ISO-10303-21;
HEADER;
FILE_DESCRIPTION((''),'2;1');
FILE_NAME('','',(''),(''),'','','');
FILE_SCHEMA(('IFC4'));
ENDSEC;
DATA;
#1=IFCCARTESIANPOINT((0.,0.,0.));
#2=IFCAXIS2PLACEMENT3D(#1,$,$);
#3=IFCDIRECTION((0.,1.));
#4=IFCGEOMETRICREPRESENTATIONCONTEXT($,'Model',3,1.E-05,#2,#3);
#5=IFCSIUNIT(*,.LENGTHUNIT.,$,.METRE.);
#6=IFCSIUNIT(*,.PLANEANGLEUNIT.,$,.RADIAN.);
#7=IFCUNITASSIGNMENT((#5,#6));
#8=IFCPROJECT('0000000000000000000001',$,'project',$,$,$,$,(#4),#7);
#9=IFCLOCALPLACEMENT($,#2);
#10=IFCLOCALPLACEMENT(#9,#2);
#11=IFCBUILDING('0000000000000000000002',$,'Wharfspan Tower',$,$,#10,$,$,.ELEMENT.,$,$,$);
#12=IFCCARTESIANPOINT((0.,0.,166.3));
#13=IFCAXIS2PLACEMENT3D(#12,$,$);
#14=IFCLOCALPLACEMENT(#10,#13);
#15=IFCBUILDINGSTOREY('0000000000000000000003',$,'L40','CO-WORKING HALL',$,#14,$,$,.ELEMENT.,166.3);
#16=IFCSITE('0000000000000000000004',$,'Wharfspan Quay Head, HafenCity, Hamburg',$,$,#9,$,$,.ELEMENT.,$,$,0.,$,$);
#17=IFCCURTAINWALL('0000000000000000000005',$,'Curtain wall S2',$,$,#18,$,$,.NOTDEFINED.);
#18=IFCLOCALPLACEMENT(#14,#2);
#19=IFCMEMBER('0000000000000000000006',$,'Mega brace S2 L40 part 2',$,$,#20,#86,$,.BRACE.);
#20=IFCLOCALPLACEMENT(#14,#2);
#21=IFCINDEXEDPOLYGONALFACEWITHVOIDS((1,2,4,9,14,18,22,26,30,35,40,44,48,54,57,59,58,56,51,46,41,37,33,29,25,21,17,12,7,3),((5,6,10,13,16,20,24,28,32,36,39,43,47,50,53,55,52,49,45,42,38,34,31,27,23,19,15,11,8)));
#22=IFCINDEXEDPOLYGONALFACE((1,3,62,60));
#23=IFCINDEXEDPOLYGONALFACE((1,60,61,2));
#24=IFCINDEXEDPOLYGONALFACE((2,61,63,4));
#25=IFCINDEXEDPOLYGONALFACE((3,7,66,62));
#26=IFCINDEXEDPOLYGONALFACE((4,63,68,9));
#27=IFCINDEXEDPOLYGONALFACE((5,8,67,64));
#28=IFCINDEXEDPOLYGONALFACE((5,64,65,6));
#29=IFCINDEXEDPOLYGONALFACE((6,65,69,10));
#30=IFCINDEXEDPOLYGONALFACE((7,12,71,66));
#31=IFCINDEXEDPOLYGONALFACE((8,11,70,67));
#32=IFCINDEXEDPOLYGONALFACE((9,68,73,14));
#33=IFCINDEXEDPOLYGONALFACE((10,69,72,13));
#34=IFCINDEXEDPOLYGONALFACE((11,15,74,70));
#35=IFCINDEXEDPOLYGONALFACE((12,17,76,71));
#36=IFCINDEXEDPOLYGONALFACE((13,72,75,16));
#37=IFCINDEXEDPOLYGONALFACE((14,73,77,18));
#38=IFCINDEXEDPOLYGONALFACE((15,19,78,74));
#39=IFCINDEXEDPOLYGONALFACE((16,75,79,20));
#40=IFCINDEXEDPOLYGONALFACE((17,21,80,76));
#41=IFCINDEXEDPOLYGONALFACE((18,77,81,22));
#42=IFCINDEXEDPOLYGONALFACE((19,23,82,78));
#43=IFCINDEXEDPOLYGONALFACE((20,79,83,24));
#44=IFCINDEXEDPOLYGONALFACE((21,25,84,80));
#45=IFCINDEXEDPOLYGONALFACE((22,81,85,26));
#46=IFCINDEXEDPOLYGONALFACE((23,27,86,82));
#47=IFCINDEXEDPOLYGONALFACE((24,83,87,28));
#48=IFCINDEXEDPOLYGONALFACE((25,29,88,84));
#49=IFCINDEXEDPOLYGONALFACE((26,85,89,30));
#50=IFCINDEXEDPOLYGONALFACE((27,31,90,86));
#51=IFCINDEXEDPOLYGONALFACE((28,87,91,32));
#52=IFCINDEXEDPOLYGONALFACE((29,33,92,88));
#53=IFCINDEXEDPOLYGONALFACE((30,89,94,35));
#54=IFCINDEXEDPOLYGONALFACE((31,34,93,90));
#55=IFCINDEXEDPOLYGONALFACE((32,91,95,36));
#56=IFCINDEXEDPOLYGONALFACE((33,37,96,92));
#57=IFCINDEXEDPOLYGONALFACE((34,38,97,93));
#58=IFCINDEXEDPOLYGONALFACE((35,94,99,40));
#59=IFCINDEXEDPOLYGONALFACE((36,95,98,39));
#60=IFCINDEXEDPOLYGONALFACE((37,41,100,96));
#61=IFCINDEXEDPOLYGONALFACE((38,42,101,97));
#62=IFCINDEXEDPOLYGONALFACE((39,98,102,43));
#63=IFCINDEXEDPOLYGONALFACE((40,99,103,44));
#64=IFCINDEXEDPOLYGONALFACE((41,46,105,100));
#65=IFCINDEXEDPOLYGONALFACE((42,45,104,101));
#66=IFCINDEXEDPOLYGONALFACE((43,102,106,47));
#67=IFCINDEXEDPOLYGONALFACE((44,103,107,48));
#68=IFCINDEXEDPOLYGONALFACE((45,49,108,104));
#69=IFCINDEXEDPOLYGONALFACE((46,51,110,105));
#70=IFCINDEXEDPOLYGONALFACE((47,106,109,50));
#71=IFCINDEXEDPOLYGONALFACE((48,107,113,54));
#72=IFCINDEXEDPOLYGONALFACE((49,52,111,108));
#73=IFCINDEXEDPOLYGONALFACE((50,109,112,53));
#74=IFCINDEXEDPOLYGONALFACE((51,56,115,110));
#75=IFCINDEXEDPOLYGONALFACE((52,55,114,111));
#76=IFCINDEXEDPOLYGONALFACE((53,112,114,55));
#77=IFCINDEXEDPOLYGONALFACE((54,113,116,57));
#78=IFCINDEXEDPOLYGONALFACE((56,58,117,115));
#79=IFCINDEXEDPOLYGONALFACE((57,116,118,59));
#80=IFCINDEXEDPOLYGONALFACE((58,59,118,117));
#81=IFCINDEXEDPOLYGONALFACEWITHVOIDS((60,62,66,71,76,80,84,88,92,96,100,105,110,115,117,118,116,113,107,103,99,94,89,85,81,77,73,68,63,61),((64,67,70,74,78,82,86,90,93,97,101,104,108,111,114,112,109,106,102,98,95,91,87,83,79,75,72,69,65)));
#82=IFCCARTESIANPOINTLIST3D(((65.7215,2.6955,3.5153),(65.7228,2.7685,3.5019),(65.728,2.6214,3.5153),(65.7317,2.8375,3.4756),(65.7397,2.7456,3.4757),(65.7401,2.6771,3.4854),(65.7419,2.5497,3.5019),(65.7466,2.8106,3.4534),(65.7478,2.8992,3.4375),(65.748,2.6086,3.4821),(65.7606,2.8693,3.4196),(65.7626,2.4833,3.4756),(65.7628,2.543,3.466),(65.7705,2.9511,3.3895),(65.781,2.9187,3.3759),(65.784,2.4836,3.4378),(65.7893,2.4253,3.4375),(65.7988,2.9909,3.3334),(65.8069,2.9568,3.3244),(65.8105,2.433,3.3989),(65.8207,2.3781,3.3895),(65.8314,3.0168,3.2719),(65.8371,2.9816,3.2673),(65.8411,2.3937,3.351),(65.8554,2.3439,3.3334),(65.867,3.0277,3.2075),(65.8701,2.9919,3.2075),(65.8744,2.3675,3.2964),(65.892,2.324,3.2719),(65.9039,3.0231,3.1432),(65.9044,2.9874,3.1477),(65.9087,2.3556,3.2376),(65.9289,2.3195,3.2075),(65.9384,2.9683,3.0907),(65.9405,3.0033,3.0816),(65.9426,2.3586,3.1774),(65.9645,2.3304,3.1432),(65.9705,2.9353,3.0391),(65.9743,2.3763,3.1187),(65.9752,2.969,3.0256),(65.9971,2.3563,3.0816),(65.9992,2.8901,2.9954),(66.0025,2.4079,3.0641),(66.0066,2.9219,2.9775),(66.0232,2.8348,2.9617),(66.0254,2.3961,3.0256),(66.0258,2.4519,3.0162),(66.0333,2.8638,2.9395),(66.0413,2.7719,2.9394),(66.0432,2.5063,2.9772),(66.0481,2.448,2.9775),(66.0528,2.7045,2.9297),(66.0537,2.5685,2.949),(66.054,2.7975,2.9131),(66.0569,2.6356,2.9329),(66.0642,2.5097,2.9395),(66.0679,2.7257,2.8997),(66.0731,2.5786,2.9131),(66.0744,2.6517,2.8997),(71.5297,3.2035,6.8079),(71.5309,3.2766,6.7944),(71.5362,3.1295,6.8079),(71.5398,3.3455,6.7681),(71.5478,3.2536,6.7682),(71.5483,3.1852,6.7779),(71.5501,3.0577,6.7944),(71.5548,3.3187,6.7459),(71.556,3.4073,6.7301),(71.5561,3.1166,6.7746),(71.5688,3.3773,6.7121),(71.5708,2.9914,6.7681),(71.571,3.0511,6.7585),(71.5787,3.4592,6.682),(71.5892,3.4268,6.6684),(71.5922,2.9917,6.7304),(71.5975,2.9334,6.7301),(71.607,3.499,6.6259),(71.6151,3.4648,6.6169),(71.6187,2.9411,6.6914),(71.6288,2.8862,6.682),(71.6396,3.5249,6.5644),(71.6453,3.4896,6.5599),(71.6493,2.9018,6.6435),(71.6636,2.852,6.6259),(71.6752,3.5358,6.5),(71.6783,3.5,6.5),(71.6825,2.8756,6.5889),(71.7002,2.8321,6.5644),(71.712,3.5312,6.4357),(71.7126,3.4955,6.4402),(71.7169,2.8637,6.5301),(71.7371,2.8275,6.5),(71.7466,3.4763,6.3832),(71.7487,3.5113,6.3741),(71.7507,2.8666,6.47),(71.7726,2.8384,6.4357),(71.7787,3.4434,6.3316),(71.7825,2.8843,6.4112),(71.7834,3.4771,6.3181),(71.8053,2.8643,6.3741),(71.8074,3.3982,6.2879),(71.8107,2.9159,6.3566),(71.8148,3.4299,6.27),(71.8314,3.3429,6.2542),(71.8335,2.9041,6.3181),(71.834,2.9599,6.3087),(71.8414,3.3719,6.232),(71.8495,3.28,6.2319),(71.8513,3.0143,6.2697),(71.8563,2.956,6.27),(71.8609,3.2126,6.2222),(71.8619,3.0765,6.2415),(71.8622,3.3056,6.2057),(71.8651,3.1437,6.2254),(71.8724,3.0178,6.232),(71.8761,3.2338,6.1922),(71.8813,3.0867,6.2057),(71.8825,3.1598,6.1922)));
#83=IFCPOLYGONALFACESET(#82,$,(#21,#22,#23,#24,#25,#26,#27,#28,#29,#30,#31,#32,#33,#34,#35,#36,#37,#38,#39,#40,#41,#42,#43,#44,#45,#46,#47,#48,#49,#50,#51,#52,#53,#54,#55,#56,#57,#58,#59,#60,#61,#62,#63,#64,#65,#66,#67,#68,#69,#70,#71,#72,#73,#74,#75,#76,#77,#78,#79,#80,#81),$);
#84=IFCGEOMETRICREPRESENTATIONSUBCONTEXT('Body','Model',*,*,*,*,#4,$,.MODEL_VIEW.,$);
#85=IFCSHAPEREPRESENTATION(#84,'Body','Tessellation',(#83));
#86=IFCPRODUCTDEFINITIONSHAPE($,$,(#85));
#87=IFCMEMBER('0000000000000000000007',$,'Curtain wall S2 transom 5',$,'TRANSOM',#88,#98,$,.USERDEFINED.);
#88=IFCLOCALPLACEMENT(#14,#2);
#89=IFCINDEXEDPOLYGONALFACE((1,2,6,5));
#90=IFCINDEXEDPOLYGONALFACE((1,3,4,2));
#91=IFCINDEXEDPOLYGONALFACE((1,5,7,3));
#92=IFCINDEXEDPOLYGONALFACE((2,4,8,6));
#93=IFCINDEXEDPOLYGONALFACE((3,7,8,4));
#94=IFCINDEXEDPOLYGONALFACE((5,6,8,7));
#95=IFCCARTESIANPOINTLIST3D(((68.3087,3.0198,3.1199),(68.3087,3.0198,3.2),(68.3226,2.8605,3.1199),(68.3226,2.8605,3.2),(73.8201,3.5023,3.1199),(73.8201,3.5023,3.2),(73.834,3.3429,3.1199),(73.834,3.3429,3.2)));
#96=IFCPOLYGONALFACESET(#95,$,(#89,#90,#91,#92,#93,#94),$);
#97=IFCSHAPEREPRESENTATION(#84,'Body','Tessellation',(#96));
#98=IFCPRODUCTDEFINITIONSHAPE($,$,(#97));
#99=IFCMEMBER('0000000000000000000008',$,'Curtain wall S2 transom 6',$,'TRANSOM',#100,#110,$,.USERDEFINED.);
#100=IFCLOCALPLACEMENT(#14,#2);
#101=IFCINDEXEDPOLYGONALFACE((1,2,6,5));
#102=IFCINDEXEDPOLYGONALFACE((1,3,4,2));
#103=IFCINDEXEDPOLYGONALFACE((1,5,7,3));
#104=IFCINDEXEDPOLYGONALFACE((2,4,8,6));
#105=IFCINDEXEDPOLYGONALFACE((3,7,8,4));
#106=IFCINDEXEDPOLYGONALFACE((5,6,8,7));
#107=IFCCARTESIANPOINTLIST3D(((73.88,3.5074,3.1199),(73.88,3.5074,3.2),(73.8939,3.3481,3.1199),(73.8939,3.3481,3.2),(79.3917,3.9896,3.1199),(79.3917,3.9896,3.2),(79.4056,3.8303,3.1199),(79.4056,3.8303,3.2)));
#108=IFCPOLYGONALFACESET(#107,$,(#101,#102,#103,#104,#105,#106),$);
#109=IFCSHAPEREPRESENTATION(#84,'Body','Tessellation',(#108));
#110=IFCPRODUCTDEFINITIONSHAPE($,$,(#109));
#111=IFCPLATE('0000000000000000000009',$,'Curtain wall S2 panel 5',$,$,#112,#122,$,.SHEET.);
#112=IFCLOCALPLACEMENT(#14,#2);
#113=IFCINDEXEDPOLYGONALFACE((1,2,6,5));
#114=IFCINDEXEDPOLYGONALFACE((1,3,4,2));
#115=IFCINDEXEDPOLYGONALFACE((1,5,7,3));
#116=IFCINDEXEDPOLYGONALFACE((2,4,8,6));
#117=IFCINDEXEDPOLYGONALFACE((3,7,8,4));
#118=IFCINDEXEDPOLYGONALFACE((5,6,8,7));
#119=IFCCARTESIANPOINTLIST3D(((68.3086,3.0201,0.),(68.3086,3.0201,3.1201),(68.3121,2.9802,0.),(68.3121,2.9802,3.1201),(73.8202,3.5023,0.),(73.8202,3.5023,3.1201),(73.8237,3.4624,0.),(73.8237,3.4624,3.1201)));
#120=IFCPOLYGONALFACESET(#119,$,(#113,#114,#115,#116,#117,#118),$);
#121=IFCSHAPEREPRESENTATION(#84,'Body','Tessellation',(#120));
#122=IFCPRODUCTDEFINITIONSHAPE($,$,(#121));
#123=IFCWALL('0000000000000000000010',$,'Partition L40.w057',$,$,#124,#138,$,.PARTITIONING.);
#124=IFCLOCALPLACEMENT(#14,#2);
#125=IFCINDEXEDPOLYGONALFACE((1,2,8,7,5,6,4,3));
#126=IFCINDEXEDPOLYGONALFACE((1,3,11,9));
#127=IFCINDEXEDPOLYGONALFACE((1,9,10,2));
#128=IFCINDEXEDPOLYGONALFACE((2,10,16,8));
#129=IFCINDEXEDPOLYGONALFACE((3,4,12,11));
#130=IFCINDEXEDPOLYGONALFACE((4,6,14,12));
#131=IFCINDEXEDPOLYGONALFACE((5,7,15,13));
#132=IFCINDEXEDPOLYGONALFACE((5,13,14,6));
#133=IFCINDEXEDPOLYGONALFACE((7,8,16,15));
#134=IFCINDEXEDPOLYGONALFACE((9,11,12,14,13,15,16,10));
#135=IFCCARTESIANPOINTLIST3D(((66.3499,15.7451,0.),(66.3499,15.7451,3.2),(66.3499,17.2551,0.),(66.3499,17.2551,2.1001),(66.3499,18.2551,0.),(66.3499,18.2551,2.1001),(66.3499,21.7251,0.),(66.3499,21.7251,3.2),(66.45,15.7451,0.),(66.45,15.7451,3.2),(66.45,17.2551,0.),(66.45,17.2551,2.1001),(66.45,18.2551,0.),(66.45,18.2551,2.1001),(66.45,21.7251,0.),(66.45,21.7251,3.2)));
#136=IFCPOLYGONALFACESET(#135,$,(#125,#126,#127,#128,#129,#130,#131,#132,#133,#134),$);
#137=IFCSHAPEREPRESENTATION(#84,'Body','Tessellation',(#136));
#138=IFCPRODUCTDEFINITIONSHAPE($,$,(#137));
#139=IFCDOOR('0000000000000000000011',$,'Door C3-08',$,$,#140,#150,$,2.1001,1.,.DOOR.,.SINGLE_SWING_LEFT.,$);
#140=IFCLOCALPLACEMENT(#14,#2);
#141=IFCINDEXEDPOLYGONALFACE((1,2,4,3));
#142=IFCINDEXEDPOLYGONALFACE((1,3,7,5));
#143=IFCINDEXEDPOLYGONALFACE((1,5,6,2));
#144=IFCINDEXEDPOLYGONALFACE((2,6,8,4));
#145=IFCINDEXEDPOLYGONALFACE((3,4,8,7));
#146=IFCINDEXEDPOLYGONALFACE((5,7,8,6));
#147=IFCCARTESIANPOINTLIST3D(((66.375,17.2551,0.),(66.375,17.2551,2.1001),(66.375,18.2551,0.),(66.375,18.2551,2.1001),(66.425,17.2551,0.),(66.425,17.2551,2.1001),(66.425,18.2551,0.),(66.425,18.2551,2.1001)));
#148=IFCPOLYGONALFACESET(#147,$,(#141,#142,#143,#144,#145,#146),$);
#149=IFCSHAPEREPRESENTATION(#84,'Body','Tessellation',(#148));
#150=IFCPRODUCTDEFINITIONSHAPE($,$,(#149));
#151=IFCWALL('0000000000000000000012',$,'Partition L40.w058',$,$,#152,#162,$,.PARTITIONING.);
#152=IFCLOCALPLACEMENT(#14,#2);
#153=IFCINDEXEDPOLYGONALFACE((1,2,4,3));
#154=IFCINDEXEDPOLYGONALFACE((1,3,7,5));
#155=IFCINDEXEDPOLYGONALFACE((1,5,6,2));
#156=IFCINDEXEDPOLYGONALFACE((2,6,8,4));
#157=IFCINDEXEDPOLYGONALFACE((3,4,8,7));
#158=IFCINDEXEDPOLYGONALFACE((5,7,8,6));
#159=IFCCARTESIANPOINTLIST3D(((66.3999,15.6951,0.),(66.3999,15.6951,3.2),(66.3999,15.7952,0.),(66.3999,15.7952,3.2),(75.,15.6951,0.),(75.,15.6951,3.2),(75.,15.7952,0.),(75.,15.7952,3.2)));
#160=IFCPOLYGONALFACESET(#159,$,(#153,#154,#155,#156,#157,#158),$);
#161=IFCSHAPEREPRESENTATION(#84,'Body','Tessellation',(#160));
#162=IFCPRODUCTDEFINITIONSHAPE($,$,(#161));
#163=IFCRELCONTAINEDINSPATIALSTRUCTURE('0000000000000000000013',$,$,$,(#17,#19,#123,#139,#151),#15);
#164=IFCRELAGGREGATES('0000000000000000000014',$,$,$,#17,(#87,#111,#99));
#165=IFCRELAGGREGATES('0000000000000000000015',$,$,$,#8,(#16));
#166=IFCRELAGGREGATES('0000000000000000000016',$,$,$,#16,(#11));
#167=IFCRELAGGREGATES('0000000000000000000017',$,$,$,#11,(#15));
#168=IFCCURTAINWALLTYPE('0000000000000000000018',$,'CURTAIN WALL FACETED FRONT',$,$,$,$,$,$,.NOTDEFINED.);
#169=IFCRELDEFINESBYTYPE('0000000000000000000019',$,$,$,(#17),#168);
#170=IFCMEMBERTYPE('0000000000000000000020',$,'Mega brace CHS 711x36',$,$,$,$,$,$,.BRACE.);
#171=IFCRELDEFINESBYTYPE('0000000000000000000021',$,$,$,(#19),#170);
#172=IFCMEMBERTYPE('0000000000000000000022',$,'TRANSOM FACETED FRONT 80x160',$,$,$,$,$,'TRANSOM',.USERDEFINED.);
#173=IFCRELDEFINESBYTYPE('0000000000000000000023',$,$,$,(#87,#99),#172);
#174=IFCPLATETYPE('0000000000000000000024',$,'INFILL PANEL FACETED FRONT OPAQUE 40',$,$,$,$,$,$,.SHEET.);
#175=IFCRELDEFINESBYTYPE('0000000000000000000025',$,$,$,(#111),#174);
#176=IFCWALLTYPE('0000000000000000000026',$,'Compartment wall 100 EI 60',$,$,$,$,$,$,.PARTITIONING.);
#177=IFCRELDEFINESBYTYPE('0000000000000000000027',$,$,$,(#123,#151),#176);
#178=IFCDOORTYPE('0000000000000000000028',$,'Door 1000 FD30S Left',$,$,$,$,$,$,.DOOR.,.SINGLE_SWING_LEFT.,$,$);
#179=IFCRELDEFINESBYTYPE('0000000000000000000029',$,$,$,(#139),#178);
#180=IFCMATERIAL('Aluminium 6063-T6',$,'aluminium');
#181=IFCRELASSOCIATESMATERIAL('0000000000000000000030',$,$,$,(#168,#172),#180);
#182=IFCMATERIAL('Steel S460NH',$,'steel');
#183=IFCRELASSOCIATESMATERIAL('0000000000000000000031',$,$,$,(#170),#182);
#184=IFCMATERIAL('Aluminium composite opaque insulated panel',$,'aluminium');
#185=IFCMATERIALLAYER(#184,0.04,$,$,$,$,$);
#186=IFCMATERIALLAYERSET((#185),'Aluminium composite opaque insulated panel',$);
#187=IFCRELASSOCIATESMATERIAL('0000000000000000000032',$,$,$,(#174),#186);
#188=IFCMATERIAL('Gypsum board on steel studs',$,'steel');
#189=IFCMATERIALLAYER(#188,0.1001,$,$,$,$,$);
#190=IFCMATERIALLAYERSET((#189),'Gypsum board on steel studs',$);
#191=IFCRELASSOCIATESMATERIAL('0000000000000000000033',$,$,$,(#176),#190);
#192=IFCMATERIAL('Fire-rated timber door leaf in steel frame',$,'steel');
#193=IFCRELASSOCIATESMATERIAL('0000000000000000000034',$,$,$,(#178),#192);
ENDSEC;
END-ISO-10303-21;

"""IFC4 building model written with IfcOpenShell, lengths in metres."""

from ifc_helpers import new_model, si_unit, direction, frame, frame_2d, origin, origin_2d, place, context, subcontext, project, spatial, rectangle, hollow_circle, extrude, material, layer, layer_set, material_profile, profile_set, type_object, element, fill, aggregate, save


model = new_model("IFC4")

# Units and contexts
model_context = context("Model", 3, precision=1e-05, world=origin(), true_north=direction((0.0, 1.0)))
body_context = subcontext(model_context, "Body", "Model", "MODEL_VIEW")
ifc_project = project(units=[si_unit("LENGTHUNIT", "METRE"), si_unit("PLANEANGLEUNIT", "RADIAN")], contexts=[model_context])

# Site, building, storey
site_placement = place(None, origin())
site = spatial("IfcSite", under=ifc_project, at=site_placement, Name="Wharfspan Quay Head, HafenCity, Hamburg", CompositionType="ELEMENT", RefElevation=0.0)
building_placement = place(site_placement, origin())
building = spatial("IfcBuilding", under=site, at=building_placement, Name="Wharfspan Tower", CompositionType="ELEMENT")
storey_placement = place(building_placement, frame((0.0, 0.0, 166.3)))
storey = spatial("IfcBuildingStorey", under=building, at=storey_placement, Name="L40", Description="CO-WORKING HALL", CompositionType="ELEMENT", Elevation=166.3)

# Curtain wall
ifc_material_1 = material(Name="Aluminium 6063-T6", Category="aluminium")
curtain_wall_type = type_object("IfcCurtainWallType", Name="CURTAIN WALL FACETED FRONT", PredefinedType="NOTDEFINED", material=ifc_material_1)
curtain_wall_placement = place(storey_placement, origin())
curtain_wall = element("IfcCurtainWall", 1, at=curtain_wall_placement, inside=storey, type_object=curtain_wall_type, Name="Curtain wall S2", PredefinedType="NOTDEFINED")

# Members
ifc_material_2 = material(Name="Steel S460NH", Category="steel")
ifc_material_profile_1 = material_profile(ifc_material_2, hollow_circle(Radius=0.3555, WallThickness=0.0359, at=origin_2d()))
ifc_profile_set_1 = profile_set([ifc_material_profile_1], Name="Steel S460NH")
member_type_1 = type_object("IfcMemberType", Name="Mega brace CHS 711x36", PredefinedType="BRACE", material=ifc_profile_set_1)
member_1_placement = place(storey_placement, frame((65.8979, 2.6736, 3.2075), z_axis=(0.867436, 0.075878, 0.491729), x_axis=(-0.08714, 0.996196, -0.000002)))
element("IfcMember", 2, at=member_1_placement, inside=storey, type_object=member_type_1, Name="Mega brace S2 L40 part 2", PredefinedType="BRACE", context=body_context, shape_type="SweptSolid", body=[
    extrude(hollow_circle(Radius=0.3555, WallThickness=0.0359, at=origin_2d()), origin(), (0.0, 0.0, 1.0), 6.6958),
])
ifc_material_profile_2 = material_profile(ifc_material_1, rectangle(XDim=0.1599, YDim=0.0801, at=origin_2d()))
ifc_profile_set_2 = profile_set([ifc_material_profile_2], Name="Aluminium 6063-T6")
member_type_2 = type_object("IfcMemberType", Name="TRANSOM FACETED FRONT 80x160", ElementType="TRANSOM", PredefinedType="USERDEFINED", material=ifc_profile_set_2)
member_2_placement = place(storey_placement, frame((68.3157, 2.9402, 3.1599), z_axis=(0.996191, 0.087197, 0.0), x_axis=(-0.087197, 0.996191, 0.0)))
member_2 = element("IfcMember", 3, at=member_2_placement, type_object=member_type_2, Name="Curtain wall S2 transom 5", ObjectType="TRANSOM", PredefinedType="USERDEFINED", context=body_context, shape_type="SweptSolid", body=[
    extrude(rectangle(XDim=0.1599, YDim=0.0801, at=origin_2d()), origin(), (0.0, 0.0, 1.0), 5.5325),
])
member_3_placement = place(storey_placement, frame((73.887, 3.4277, 3.1599), z_axis=(0.996195, 0.087149, 0.0), x_axis=(-0.087149, 0.996195, 0.0)))
member_3 = element("IfcMember", 4, at=member_3_placement, type_object=member_type_2, Name="Curtain wall S2 transom 6", ObjectType="TRANSOM", PredefinedType="USERDEFINED", context=body_context, shape_type="SweptSolid", body=[
    extrude(rectangle(XDim=0.1599, YDim=0.0801, at=origin_2d()), origin(), (0.0, 0.0, 1.0), 5.5327),
])

# Plate
ifc_material_3 = material(Name="Aluminium composite opaque insulated panel", Category="aluminium")
ifc_layer_1 = layer(ifc_material_3, 0.04)
ifc_layer_set_1 = layer_set([ifc_layer_1], Name="Aluminium composite opaque insulated panel")
plate_type = type_object("IfcPlateType", Name="INFILL PANEL FACETED FRONT OPAQUE 40", PredefinedType="SHEET", material=ifc_layer_set_1)
plate_placement = place(storey_placement, frame((71.0662, 3.2412, 0.0), z_axis=(0.0, 0.0, 1.0), x_axis=(0.996198, 0.087156, 0.0)))
plate = element("IfcPlate", 5, at=plate_placement, type_object=plate_type, Name="Curtain wall S2 panel 5", PredefinedType="SHEET", context=body_context, shape_type="SweptSolid", body=[
    extrude(rectangle(XDim=5.5327, YDim=0.04, at=origin_2d()), origin(), (0.0, 0.0, 1.0), 3.1201),
])
aggregate(curtain_wall, [member_2, plate, member_3])

# Wall, opening, door
ifc_material_4 = material(Name="Gypsum board on steel studs", Category="steel")
ifc_layer_2 = layer(ifc_material_4, 0.1001)
ifc_layer_set_2 = layer_set([ifc_layer_2], Name="Gypsum board on steel studs")
wall_type_1 = type_object("IfcWallType", Name="Compartment wall 100 EI 60", PredefinedType="PARTITIONING", material=ifc_layer_set_2)
wall_1_placement = place(storey_placement, frame((66.3999, 15.7451, 0.0), z_axis=(0.0, 0.0, 1.0), x_axis=(0.0, 1.0, 0.0)))
wall_1 = element("IfcWall", 6, at=wall_1_placement, inside=storey, type_object=wall_type_1, Name="Partition L40.w057", PredefinedType="PARTITIONING", context=body_context, shape_type="SweptSolid", body=[
    extrude(rectangle(XDim=5.98, YDim=0.1001, at=frame_2d((2.99, 0.0))), origin(), (0.0, 0.0, 1.0), 3.2),
])
opening_1_placement = place(wall_1_placement, frame((1.51, 0.0, 0.0)))
opening_1 = element("IfcOpeningElement", 7, at=opening_1_placement, cuts=wall_1, PredefinedType="OPENING", context=body_context, shape_type="SweptSolid", body=[
    extrude(rectangle(XDim=1.0, YDim=2.1001, at=frame_2d((0.5, 1.05))), frame((0.0, 0.0601, 0.0), z_axis=(0.0, -1.0, 0.0), x_axis=(1.0, 0.0, 0.0)), (0.0, 0.0, 1.0), 0.1201),
])
ifc_material_5 = material(Name="Fire-rated timber door leaf in steel frame", Category="steel")
door_type_1 = type_object("IfcDoorType", Name="Door 1000 FD30S Left", OperationType="SINGLE_SWING_LEFT", PredefinedType="DOOR", material=ifc_material_5)
door_1_placement = place(opening_1_placement, origin())
door_1 = element("IfcDoor", 8, at=door_1_placement, inside=storey, type_object=door_type_1, Name="Door C3-08", OperationType="SINGLE_SWING_LEFT", OverallHeight=2.1001, OverallWidth=1.0, PredefinedType="DOOR", context=body_context, shape_type="SweptSolid", body=[
    extrude(rectangle(XDim=1.0, YDim=2.1001, at=frame_2d((0.5, 1.05))), frame((0.0, 0.0249, 0.0), z_axis=(0.0, -1.0, 0.0), x_axis=(1.0, 0.0, 0.0)), (0.0, 0.0, 1.0), 0.05),
])
fill(opening_1, door_1)

# Wall
wall_2_placement = place(storey_placement, frame((66.3999, 15.7451, 0.0), z_axis=(0.0, 0.0, 1.0), x_axis=(1.0, 0.0, 0.0)))
element("IfcWall", 9, at=wall_2_placement, inside=storey, type_object=wall_type_1, Name="Partition L40.w058", PredefinedType="PARTITIONING", context=body_context, shape_type="SweptSolid", body=[
    extrude(rectangle(XDim=8.6001, YDim=0.1001, at=frame_2d((4.3, 0.0))), origin(), (0.0, 0.0, 1.0), 3.2),
])

save(model, "model.ifc")
